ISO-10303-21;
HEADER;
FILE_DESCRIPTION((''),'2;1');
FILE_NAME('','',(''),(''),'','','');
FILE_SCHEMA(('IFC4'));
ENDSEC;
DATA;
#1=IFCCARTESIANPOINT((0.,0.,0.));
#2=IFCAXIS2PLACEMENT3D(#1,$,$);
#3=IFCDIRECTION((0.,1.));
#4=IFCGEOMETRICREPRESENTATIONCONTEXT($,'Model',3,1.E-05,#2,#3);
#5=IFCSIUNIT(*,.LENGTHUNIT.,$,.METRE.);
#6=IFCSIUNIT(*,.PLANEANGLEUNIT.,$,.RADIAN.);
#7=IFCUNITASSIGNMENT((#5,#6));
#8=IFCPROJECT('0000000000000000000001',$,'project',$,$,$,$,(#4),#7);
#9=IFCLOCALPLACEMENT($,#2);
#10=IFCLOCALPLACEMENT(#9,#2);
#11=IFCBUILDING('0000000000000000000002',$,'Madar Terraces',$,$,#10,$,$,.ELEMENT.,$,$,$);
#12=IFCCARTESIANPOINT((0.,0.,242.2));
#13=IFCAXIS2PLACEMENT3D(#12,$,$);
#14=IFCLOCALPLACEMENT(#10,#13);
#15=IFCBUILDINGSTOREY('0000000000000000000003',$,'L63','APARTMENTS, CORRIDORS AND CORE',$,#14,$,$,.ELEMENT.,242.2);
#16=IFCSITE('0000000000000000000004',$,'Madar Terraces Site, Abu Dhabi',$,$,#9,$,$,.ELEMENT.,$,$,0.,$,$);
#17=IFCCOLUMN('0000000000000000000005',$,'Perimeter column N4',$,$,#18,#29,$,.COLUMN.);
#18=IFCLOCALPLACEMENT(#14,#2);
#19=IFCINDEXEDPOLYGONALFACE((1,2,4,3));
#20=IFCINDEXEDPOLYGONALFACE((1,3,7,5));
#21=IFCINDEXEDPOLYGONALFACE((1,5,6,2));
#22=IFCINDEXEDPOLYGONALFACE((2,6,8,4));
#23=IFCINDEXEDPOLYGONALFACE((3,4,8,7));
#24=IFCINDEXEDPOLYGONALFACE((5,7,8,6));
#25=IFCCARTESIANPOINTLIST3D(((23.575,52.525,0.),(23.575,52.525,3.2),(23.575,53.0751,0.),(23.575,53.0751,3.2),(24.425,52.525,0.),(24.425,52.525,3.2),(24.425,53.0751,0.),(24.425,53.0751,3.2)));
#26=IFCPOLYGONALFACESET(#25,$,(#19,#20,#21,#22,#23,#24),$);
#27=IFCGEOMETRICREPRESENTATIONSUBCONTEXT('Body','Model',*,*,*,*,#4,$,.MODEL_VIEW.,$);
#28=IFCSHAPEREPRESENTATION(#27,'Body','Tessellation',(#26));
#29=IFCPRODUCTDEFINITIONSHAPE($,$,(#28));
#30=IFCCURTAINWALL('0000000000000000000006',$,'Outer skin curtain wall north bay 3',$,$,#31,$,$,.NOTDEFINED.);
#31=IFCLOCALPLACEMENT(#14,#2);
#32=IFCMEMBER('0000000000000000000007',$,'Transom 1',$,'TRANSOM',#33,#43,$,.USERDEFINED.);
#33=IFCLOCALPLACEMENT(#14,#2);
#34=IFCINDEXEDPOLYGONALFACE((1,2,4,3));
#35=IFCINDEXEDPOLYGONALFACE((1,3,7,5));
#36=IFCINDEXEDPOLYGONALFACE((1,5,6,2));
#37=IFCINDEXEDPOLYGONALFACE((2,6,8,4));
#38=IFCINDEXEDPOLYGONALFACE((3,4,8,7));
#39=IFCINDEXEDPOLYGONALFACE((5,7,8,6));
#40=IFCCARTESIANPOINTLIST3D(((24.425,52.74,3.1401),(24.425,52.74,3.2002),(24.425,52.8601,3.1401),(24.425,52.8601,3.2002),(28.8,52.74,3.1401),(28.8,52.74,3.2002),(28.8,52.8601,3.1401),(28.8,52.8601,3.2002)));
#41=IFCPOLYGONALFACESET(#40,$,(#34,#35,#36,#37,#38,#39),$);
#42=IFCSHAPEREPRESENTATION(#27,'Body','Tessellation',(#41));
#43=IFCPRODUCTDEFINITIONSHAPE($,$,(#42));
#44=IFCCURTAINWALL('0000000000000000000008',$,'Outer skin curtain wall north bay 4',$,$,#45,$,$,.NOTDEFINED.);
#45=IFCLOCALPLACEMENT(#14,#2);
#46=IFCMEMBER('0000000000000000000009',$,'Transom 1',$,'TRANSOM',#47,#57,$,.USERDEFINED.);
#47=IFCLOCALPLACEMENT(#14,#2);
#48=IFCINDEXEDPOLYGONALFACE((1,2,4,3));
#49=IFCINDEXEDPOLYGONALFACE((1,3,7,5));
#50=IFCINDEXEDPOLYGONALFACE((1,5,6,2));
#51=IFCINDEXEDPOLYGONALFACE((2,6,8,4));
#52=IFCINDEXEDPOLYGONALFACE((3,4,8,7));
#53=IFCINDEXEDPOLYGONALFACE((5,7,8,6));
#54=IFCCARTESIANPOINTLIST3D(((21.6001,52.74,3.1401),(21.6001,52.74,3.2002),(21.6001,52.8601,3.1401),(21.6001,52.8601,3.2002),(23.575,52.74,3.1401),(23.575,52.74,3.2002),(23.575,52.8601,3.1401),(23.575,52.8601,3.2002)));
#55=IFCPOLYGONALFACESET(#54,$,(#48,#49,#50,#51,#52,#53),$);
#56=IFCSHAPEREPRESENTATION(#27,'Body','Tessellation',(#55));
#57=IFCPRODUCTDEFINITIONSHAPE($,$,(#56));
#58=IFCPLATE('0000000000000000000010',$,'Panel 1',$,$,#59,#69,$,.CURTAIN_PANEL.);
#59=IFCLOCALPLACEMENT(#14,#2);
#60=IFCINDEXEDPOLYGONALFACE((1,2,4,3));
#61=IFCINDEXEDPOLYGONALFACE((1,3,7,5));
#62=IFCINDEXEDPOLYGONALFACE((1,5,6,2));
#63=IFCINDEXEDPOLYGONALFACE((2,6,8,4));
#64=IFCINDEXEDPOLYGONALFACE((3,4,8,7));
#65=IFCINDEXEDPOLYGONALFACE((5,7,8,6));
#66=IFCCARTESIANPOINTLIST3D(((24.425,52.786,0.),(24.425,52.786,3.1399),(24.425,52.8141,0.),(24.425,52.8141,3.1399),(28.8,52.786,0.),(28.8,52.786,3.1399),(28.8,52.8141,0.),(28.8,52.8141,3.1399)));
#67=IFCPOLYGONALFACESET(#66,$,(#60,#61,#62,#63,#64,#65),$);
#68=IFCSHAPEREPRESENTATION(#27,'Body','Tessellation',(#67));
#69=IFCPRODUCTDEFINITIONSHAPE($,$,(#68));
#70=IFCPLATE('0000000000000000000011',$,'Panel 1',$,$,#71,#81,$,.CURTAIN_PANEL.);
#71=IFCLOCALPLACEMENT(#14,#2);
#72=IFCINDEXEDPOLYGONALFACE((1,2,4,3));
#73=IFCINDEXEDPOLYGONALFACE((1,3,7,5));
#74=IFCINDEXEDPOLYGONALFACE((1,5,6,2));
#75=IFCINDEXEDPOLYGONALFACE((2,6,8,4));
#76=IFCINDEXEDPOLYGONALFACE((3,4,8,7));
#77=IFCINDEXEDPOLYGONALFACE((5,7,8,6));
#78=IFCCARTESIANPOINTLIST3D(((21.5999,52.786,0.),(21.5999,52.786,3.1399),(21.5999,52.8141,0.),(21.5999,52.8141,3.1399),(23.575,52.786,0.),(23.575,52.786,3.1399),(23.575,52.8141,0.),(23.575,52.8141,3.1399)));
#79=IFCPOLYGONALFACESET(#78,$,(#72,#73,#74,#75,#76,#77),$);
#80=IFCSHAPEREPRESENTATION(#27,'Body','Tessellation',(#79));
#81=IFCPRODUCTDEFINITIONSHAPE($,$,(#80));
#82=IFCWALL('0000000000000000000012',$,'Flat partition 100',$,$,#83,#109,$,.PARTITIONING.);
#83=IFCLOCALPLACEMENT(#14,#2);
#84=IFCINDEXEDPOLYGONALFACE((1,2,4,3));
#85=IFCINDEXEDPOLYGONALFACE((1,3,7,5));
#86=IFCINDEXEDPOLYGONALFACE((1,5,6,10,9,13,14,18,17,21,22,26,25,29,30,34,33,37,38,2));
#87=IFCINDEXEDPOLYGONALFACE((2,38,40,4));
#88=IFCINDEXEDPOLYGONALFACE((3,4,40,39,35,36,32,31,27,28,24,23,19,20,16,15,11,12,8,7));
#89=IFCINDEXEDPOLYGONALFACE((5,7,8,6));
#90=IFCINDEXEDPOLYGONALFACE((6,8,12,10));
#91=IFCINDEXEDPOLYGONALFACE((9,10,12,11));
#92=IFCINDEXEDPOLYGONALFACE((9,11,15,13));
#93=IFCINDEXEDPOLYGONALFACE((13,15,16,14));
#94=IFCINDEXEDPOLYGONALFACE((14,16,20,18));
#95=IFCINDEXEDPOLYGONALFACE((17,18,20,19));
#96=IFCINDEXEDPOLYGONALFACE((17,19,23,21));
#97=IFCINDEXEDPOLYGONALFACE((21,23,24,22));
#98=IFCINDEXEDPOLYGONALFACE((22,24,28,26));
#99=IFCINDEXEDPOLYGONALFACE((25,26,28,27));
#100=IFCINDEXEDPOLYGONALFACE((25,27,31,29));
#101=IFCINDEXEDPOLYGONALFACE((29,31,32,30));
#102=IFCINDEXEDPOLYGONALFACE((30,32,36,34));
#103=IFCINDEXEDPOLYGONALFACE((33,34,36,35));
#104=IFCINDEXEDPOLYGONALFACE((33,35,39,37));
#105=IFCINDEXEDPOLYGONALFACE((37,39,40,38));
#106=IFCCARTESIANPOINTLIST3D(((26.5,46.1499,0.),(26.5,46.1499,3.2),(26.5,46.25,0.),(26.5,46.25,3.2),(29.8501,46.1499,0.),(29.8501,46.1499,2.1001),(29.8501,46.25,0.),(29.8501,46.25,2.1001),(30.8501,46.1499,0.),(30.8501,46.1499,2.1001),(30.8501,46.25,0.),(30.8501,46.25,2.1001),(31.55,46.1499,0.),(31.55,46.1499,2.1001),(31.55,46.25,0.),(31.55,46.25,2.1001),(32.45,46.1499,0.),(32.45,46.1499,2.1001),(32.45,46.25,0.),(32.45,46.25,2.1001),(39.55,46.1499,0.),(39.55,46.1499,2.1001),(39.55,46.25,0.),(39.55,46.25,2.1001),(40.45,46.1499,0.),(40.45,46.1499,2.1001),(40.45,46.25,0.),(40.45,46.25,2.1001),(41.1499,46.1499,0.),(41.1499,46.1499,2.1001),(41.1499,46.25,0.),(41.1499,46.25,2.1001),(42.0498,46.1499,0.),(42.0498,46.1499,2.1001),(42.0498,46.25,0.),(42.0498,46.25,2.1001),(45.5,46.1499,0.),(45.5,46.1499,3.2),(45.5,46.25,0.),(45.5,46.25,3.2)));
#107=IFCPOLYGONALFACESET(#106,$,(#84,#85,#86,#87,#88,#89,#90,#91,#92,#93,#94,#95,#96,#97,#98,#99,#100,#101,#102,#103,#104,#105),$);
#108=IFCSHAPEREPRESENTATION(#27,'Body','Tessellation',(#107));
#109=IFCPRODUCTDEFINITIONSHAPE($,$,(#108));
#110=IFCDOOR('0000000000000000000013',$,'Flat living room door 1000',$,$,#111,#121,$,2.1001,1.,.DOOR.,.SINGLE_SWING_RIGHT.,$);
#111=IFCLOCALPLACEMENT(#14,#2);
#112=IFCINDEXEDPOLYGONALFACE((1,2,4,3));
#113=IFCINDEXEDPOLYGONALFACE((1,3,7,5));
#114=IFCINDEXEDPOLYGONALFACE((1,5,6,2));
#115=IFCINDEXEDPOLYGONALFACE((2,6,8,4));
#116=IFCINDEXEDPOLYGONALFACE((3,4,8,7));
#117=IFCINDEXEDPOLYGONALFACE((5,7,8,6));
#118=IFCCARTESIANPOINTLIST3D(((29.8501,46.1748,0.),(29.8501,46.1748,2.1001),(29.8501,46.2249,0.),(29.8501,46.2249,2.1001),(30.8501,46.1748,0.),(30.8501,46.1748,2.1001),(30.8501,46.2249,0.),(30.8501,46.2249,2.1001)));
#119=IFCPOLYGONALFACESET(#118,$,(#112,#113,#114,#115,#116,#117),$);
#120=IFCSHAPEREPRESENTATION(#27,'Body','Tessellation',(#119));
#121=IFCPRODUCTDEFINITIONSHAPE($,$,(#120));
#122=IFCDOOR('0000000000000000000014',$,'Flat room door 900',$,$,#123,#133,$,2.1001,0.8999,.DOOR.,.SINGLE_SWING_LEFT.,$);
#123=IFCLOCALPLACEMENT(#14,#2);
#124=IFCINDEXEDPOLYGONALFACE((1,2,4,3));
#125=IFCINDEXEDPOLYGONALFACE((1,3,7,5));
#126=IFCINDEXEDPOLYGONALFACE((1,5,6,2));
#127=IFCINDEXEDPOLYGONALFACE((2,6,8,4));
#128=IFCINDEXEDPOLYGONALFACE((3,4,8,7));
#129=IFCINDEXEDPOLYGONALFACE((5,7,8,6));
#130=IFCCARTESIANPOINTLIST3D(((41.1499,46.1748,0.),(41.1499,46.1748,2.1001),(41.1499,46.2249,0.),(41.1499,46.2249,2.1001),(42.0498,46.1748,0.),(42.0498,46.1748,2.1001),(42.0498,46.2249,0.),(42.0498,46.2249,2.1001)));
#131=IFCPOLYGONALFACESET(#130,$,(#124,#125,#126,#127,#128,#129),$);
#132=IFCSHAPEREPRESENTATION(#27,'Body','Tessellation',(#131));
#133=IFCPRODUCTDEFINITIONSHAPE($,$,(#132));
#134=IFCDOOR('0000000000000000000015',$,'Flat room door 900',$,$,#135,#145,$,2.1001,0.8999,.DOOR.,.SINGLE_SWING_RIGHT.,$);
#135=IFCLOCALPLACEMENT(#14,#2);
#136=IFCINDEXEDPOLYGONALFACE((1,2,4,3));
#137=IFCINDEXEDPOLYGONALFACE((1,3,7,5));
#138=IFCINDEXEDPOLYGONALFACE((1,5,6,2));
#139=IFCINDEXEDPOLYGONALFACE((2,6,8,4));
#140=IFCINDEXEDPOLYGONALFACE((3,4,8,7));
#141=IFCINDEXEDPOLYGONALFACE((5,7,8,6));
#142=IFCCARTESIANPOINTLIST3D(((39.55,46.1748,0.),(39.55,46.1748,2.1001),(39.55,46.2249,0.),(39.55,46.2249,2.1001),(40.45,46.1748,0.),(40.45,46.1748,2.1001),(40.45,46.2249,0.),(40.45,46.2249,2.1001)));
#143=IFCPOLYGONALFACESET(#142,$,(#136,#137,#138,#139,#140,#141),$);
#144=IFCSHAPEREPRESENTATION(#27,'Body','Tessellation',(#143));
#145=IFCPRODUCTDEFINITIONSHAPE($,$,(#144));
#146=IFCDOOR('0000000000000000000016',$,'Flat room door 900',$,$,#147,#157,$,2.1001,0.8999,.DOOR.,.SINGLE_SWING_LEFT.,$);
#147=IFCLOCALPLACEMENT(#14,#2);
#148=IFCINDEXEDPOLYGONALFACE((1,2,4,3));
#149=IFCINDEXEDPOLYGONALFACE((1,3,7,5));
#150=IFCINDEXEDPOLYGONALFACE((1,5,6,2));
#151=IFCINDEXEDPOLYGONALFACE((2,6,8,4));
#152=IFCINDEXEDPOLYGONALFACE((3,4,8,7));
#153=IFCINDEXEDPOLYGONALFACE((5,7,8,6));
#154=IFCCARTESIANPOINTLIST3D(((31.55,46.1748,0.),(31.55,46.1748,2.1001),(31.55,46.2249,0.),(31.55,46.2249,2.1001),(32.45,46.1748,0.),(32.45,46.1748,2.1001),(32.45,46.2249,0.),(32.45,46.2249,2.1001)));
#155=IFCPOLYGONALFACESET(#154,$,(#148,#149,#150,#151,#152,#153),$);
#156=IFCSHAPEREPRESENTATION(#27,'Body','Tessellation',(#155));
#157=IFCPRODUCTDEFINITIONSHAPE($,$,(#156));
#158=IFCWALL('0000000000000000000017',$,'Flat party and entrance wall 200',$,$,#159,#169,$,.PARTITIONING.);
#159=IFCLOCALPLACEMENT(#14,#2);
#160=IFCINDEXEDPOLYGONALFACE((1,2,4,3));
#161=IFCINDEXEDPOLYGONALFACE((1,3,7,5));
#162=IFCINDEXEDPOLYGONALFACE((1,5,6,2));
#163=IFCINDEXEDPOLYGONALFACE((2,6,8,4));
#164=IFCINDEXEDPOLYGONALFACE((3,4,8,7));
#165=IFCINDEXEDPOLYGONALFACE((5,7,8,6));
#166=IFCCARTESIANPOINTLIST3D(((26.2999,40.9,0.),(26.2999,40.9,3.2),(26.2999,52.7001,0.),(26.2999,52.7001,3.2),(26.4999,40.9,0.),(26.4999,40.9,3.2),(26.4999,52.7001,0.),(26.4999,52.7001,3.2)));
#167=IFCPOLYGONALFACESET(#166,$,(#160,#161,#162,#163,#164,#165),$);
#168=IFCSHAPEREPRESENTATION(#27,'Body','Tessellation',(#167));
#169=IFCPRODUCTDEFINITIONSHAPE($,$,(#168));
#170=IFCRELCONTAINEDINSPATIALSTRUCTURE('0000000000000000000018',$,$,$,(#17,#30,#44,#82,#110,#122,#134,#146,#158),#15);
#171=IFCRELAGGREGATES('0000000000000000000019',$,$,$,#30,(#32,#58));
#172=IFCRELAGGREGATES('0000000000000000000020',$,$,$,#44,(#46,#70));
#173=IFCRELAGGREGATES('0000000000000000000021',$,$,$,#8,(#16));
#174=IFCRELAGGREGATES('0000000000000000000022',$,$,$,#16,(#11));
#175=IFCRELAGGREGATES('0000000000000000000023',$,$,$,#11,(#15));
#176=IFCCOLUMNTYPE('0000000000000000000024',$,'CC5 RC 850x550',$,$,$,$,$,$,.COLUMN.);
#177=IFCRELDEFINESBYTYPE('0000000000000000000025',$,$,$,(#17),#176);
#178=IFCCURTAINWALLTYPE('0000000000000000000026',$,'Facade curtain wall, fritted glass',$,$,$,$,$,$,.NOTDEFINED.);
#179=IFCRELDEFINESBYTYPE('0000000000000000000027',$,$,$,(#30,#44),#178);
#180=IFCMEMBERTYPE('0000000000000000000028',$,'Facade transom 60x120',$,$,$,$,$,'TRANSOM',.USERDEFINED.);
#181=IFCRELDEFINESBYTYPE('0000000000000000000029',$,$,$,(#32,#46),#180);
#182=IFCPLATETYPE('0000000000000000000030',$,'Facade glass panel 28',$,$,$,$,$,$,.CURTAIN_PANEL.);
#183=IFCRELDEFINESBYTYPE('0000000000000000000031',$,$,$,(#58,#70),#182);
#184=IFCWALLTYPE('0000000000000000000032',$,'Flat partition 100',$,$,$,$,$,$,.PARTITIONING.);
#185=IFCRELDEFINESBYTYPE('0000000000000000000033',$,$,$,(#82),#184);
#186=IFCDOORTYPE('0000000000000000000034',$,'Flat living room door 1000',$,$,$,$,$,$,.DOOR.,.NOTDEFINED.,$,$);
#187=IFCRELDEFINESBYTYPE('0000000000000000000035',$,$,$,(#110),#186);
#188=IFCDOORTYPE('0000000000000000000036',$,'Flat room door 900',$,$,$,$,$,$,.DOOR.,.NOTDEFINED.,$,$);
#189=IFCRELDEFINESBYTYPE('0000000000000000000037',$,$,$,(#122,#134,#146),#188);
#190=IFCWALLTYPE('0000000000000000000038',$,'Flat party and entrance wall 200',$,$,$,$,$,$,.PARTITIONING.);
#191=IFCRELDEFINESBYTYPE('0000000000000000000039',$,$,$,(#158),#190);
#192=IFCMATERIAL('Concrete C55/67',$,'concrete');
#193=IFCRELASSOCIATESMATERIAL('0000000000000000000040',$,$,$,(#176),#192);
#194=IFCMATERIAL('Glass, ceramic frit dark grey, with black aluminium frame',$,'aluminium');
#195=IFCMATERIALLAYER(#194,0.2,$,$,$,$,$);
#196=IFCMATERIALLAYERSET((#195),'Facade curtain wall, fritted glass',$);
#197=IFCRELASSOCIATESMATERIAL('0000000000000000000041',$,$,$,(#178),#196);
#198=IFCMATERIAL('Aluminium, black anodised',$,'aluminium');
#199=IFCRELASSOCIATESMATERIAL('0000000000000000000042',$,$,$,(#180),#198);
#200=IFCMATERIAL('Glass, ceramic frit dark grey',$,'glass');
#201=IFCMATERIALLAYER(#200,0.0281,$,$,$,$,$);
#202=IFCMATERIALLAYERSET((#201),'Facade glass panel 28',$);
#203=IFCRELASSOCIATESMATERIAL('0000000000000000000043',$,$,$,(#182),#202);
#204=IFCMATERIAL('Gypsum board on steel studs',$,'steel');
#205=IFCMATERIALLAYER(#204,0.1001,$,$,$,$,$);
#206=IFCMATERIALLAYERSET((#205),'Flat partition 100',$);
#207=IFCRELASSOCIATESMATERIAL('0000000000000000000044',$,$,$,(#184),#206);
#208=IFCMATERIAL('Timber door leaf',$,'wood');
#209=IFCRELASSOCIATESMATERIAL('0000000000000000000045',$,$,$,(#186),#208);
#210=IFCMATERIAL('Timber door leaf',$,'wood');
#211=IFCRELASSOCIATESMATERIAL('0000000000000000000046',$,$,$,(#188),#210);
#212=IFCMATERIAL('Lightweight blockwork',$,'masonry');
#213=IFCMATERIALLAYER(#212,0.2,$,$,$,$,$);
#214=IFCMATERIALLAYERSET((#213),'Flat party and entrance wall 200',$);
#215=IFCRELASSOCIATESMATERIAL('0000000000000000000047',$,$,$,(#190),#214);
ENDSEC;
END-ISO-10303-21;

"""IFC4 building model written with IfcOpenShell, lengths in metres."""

from ifc_helpers import new_model, si_unit, direction, frame, frame_2d, origin, origin_2d, place, context, subcontext, project, spatial, rectangle, extrude, material, layer, layer_set, material_profile, profile_set, type_object, element, fill, aggregate, save


model = new_model("IFC4")

# Units and contexts
model_context = context("Model", 3, precision=1e-05, world=origin(), true_north=direction((0.0, 1.0)))
body_context = subcontext(model_context, "Body", "Model", "MODEL_VIEW")
ifc_project = project(units=[si_unit("LENGTHUNIT", "METRE"), si_unit("PLANEANGLEUNIT", "RADIAN")], contexts=[model_context])

# Site, building, storey
site_placement = place(None, origin())
site = spatial("IfcSite", under=ifc_project, at=site_placement, Name="Madar Terraces Site, Abu Dhabi", CompositionType="ELEMENT", RefElevation=0.0)
building_placement = place(site_placement, origin())
building = spatial("IfcBuilding", under=site, at=building_placement, Name="Madar Terraces", CompositionType="ELEMENT")
storey_placement = place(building_placement, frame((0.0, 0.0, 242.2)))
storey = spatial("IfcBuildingStorey", under=building, at=storey_placement, Name="L63", Description="APARTMENTS, CORRIDORS AND CORE", CompositionType="ELEMENT", Elevation=242.2)

# Column
ifc_material_1 = material(Name="Concrete C55/67", Category="concrete")
ifc_material_profile_1 = material_profile(ifc_material_1, rectangle(XDim=0.8501, YDim=0.55, at=origin_2d()), Name="CC5 RC 850x550")
ifc_profile_set_1 = profile_set([ifc_material_profile_1], Name="Concrete C55/67")
column_type = type_object("IfcColumnType", Name="CC5 RC 850x550", PredefinedType="COLUMN", material=ifc_profile_set_1)
column_placement = place(storey_placement, frame((24.0, 52.8, 0.0), z_axis=(0.0, 0.0, 1.0), x_axis=(1.0, 0.0, 0.0)))
element("IfcColumn", 1, at=column_placement, inside=storey, type_object=column_type, Name="Perimeter column N4", PredefinedType="COLUMN", context=body_context, shape_type="SweptSolid", body=[
    extrude(rectangle(XDim=0.8501, YDim=0.55, at=origin_2d()), origin(), (0.0, 0.0, 1.0), 3.2),
])

# Curtain walls, members
ifc_material_2 = material(Name="Glass, ceramic frit dark grey, with black aluminium frame", Category="aluminium")
ifc_layer_1 = layer(ifc_material_2, 0.2)
ifc_layer_set_1 = layer_set([ifc_layer_1], Name="Facade curtain wall, fritted glass")
curtain_wall_type = type_object("IfcCurtainWallType", Name="Facade curtain wall, fritted glass", PredefinedType="NOTDEFINED", material=ifc_layer_set_1)
curtain_wall_1_placement = place(storey_placement, origin())
curtain_wall_1 = element("IfcCurtainWall", 2, at=curtain_wall_1_placement, inside=storey, type_object=curtain_wall_type, Name="Outer skin curtain wall north bay 3", PredefinedType="NOTDEFINED")
ifc_material_3 = material(Name="Aluminium, black anodised", Category="aluminium")
ifc_material_profile_2 = material_profile(ifc_material_3, rectangle(XDim=0.1201, YDim=0.0601, at=origin_2d()), Name="Facade transom 60x120")
ifc_profile_set_2 = profile_set([ifc_material_profile_2], Name="Aluminium, black anodised")
member_type = type_object("IfcMemberType", Name="Facade transom 60x120", ElementType="TRANSOM", PredefinedType="USERDEFINED", material=ifc_profile_set_2)
member_1_placement = place(storey_placement, frame((28.8, 52.8, 3.1702), z_axis=(-1.0, 0.0, 0.0), x_axis=(0.0, -1.0, 0.0)))
member_1 = element("IfcMember", 3, at=member_1_placement, type_object=member_type, Name="Transom 1", ObjectType="TRANSOM", PredefinedType="USERDEFINED", context=body_context, shape_type="SweptSolid", body=[
    extrude(rectangle(XDim=0.1201, YDim=0.0601, at=origin_2d()), origin(), (0.0, 0.0, 1.0), 4.375),
])
curtain_wall_2_placement = place(storey_placement, origin())
curtain_wall_2 = element("IfcCurtainWall", 4, at=curtain_wall_2_placement, inside=storey, type_object=curtain_wall_type, Name="Outer skin curtain wall north bay 4", PredefinedType="NOTDEFINED")
member_2_placement = place(storey_placement, frame((23.575, 52.8, 3.1702), z_axis=(-1.0, 0.0, 0.0), x_axis=(0.0, -1.0, 0.0)))
member_2 = element("IfcMember", 5, at=member_2_placement, type_object=member_type, Name="Transom 1", ObjectType="TRANSOM", PredefinedType="USERDEFINED", context=body_context, shape_type="SweptSolid", body=[
    extrude(rectangle(XDim=0.1201, YDim=0.0601, at=origin_2d()), origin(), (0.0, 0.0, 1.0), 1.9749),
])

# Plates
ifc_material_4 = material(Name="Glass, ceramic frit dark grey", Category="glass")
ifc_layer_2 = layer(ifc_material_4, 0.0281)
ifc_layer_set_2 = layer_set([ifc_layer_2], Name="Facade glass panel 28")
plate_type = type_object("IfcPlateType", Name="Facade glass panel 28", PredefinedType="CURTAIN_PANEL", material=ifc_layer_set_2)
plate_1_placement = place(storey_placement, frame((26.6125, 52.8, 0.0), z_axis=(0.0, 0.0, 1.0), x_axis=(-1.0, 0.0, 0.0)))
plate_1 = element("IfcPlate", 6, at=plate_1_placement, type_object=plate_type, Name="Panel 1", PredefinedType="CURTAIN_PANEL", context=body_context, shape_type="SweptSolid", body=[
    extrude(rectangle(XDim=4.375, YDim=0.0281, at=origin_2d()), origin(), (0.0, 0.0, 1.0), 3.1399),
])
aggregate(curtain_wall_1, [member_1, plate_1])
plate_2_placement = place(storey_placement, frame((22.5874, 52.8, 0.0), z_axis=(0.0, 0.0, 1.0), x_axis=(-1.0, 0.0, 0.0)))
plate_2 = element("IfcPlate", 7, at=plate_2_placement, type_object=plate_type, Name="Panel 1", PredefinedType="CURTAIN_PANEL", context=body_context, shape_type="SweptSolid", body=[
    extrude(rectangle(XDim=1.9751, YDim=0.0281, at=origin_2d()), origin(), (0.0, 0.0, 1.0), 3.1399),
])
aggregate(curtain_wall_2, [member_2, plate_2])

# Wall, openings, doors
ifc_material_5 = material(Name="Gypsum board on steel studs", Category="steel")
ifc_layer_3 = layer(ifc_material_5, 0.1001)
ifc_layer_set_3 = layer_set([ifc_layer_3], Name="Flat partition 100")
wall_type_1 = type_object("IfcWallType", Name="Flat partition 100", PredefinedType="PARTITIONING", material=ifc_layer_set_3)
wall_1_placement = place(storey_placement, frame((26.5, 46.2, 0.0), z_axis=(0.0, 0.0, 1.0), x_axis=(1.0, 0.0, 0.0)))
wall_1 = element("IfcWall", 8, at=wall_1_placement, inside=storey, type_object=wall_type_1, Name="Flat partition 100", PredefinedType="PARTITIONING", context=body_context, shape_type="SweptSolid", body=[
    extrude(rectangle(XDim=19.0, YDim=0.1001, at=frame_2d((9.5, 0.0))), origin(), (0.0, 0.0, 1.0), 3.2),
])
opening_1_placement = place(wall_1_placement, frame((14.6499, 0.0, 0.0)))
opening_1 = element("IfcOpeningElement", 9, at=opening_1_placement, cuts=wall_1, PredefinedType="OPENING", context=body_context, shape_type="SweptSolid", body=[
    extrude(rectangle(XDim=0.8999, YDim=2.1001, at=frame_2d((0.45, 1.05))), frame((0.0, 0.0601, 0.0), z_axis=(0.0, -1.0, 0.0), x_axis=(1.0, 0.0, 0.0)), (0.0, 0.0, 1.0), 0.1201),
])
opening_2_placement = place(wall_1_placement, frame((13.05, 0.0, 0.0)))
opening_2 = element("IfcOpeningElement", 10, at=opening_2_placement, cuts=wall_1, PredefinedType="OPENING", context=body_context, shape_type="SweptSolid", body=[
    extrude(rectangle(XDim=0.8999, YDim=2.1001, at=frame_2d((0.45, 1.05))), frame((0.0, 0.0601, 0.0), z_axis=(0.0, -1.0, 0.0), x_axis=(1.0, 0.0, 0.0)), (0.0, 0.0, 1.0), 0.1201),
])
opening_3_placement = place(wall_1_placement, frame((5.05, 0.0, 0.0)))
opening_3 = element("IfcOpeningElement", 11, at=opening_3_placement, cuts=wall_1, PredefinedType="OPENING", context=body_context, shape_type="SweptSolid", body=[
    extrude(rectangle(XDim=0.8999, YDim=2.1001, at=frame_2d((0.45, 1.05))), frame((0.0, 0.0601, 0.0), z_axis=(0.0, -1.0, 0.0), x_axis=(1.0, 0.0, 0.0)), (0.0, 0.0, 1.0), 0.1201),
])
opening_4_placement = place(wall_1_placement, frame((3.3501, 0.0, 0.0)))
opening_4 = element("IfcOpeningElement", 12, at=opening_4_placement, cuts=wall_1, PredefinedType="OPENING", context=body_context, shape_type="SweptSolid", body=[
    extrude(rectangle(XDim=1.0, YDim=2.1001, at=frame_2d((0.5, 1.05))), frame((0.0, 0.0601, 0.0), z_axis=(0.0, -1.0, 0.0), x_axis=(1.0, 0.0, 0.0)), (0.0, 0.0, 1.0), 0.1201),
])
ifc_material_6 = material(Name="Timber door leaf", Category="wood")
door_type_1 = type_object("IfcDoorType", Name="Flat living room door 1000", OperationType="NOTDEFINED", PredefinedType="DOOR", material=ifc_material_6)
door_1_placement = place(opening_4_placement, origin())
door_1 = element("IfcDoor", 13, at=door_1_placement, inside=storey, type_object=door_type_1, Name="Flat living room door 1000", OperationType="SINGLE_SWING_RIGHT", OverallHeight=2.1001, OverallWidth=1.0, PredefinedType="DOOR", context=body_context, shape_type="SweptSolid", body=[
    extrude(rectangle(XDim=1.0, YDim=2.1001, at=frame_2d((0.5, 1.05))), frame((0.0, 0.0249, 0.0), z_axis=(0.0, -1.0, 0.0), x_axis=(1.0, 0.0, 0.0)), (0.0, 0.0, 1.0), 0.05),
])
fill(opening_4, door_1)
ifc_material_7 = material(Name="Timber door leaf", Category="wood")
door_type_2 = type_object("IfcDoorType", Name="Flat room door 900", OperationType="NOTDEFINED", PredefinedType="DOOR", material=ifc_material_7)
door_2_placement = place(opening_1_placement, origin())
door_2 = element("IfcDoor", 14, at=door_2_placement, inside=storey, type_object=door_type_2, Name="Flat room door 900", OperationType="SINGLE_SWING_LEFT", OverallHeight=2.1001, OverallWidth=0.8999, PredefinedType="DOOR", context=body_context, shape_type="SweptSolid", body=[
    extrude(rectangle(XDim=0.8999, YDim=2.1001, at=frame_2d((0.45, 1.05))), frame((0.0, 0.0249, 0.0), z_axis=(0.0, -1.0, 0.0), x_axis=(1.0, 0.0, 0.0)), (0.0, 0.0, 1.0), 0.05),
])
fill(opening_1, door_2)
door_3_placement = place(opening_2_placement, origin())
door_3 = element("IfcDoor", 15, at=door_3_placement, inside=storey, type_object=door_type_2, Name="Flat room door 900", OperationType="SINGLE_SWING_RIGHT", OverallHeight=2.1001, OverallWidth=0.8999, PredefinedType="DOOR", context=body_context, shape_type="SweptSolid", body=[
    extrude(rectangle(XDim=0.8999, YDim=2.1001, at=frame_2d((0.45, 1.05))), frame((0.0, 0.0249, 0.0), z_axis=(0.0, -1.0, 0.0), x_axis=(1.0, 0.0, 0.0)), (0.0, 0.0, 1.0), 0.05),
])
fill(opening_2, door_3)
door_4_placement = place(opening_3_placement, origin())
door_4 = element("IfcDoor", 16, at=door_4_placement, inside=storey, type_object=door_type_2, Name="Flat room door 900", OperationType="SINGLE_SWING_LEFT", OverallHeight=2.1001, OverallWidth=0.8999, PredefinedType="DOOR", context=body_context, shape_type="SweptSolid", body=[
    extrude(rectangle(XDim=0.8999, YDim=2.1001, at=frame_2d((0.45, 1.05))), frame((0.0, 0.0249, 0.0), z_axis=(0.0, -1.0, 0.0), x_axis=(1.0, 0.0, 0.0)), (0.0, 0.0, 1.0), 0.05),
])
fill(opening_3, door_4)

# Wall
ifc_material_8 = material(Name="Lightweight blockwork", Category="masonry")
ifc_layer_4 = layer(ifc_material_8, 0.2)
ifc_layer_set_4 = layer_set([ifc_layer_4], Name="Flat party and entrance wall 200")
wall_type_2 = type_object("IfcWallType", Name="Flat party and entrance wall 200", PredefinedType="PARTITIONING", material=ifc_layer_set_4)
wall_2_placement = place(storey_placement, frame((26.3999, 52.7, 0.0), z_axis=(0.0, 0.0, 1.0), x_axis=(0.0, -1.0, 0.0)))
element("IfcWall", 17, at=wall_2_placement, inside=storey, type_object=wall_type_2, Name="Flat party and entrance wall 200", PredefinedType="PARTITIONING", context=body_context, shape_type="SweptSolid", body=[
    extrude(rectangle(XDim=11.8, YDim=0.2, at=frame_2d((5.8999, 0.0))), origin(), (0.0, 0.0, 1.0), 3.2),
])

save(model, "model.ifc")
